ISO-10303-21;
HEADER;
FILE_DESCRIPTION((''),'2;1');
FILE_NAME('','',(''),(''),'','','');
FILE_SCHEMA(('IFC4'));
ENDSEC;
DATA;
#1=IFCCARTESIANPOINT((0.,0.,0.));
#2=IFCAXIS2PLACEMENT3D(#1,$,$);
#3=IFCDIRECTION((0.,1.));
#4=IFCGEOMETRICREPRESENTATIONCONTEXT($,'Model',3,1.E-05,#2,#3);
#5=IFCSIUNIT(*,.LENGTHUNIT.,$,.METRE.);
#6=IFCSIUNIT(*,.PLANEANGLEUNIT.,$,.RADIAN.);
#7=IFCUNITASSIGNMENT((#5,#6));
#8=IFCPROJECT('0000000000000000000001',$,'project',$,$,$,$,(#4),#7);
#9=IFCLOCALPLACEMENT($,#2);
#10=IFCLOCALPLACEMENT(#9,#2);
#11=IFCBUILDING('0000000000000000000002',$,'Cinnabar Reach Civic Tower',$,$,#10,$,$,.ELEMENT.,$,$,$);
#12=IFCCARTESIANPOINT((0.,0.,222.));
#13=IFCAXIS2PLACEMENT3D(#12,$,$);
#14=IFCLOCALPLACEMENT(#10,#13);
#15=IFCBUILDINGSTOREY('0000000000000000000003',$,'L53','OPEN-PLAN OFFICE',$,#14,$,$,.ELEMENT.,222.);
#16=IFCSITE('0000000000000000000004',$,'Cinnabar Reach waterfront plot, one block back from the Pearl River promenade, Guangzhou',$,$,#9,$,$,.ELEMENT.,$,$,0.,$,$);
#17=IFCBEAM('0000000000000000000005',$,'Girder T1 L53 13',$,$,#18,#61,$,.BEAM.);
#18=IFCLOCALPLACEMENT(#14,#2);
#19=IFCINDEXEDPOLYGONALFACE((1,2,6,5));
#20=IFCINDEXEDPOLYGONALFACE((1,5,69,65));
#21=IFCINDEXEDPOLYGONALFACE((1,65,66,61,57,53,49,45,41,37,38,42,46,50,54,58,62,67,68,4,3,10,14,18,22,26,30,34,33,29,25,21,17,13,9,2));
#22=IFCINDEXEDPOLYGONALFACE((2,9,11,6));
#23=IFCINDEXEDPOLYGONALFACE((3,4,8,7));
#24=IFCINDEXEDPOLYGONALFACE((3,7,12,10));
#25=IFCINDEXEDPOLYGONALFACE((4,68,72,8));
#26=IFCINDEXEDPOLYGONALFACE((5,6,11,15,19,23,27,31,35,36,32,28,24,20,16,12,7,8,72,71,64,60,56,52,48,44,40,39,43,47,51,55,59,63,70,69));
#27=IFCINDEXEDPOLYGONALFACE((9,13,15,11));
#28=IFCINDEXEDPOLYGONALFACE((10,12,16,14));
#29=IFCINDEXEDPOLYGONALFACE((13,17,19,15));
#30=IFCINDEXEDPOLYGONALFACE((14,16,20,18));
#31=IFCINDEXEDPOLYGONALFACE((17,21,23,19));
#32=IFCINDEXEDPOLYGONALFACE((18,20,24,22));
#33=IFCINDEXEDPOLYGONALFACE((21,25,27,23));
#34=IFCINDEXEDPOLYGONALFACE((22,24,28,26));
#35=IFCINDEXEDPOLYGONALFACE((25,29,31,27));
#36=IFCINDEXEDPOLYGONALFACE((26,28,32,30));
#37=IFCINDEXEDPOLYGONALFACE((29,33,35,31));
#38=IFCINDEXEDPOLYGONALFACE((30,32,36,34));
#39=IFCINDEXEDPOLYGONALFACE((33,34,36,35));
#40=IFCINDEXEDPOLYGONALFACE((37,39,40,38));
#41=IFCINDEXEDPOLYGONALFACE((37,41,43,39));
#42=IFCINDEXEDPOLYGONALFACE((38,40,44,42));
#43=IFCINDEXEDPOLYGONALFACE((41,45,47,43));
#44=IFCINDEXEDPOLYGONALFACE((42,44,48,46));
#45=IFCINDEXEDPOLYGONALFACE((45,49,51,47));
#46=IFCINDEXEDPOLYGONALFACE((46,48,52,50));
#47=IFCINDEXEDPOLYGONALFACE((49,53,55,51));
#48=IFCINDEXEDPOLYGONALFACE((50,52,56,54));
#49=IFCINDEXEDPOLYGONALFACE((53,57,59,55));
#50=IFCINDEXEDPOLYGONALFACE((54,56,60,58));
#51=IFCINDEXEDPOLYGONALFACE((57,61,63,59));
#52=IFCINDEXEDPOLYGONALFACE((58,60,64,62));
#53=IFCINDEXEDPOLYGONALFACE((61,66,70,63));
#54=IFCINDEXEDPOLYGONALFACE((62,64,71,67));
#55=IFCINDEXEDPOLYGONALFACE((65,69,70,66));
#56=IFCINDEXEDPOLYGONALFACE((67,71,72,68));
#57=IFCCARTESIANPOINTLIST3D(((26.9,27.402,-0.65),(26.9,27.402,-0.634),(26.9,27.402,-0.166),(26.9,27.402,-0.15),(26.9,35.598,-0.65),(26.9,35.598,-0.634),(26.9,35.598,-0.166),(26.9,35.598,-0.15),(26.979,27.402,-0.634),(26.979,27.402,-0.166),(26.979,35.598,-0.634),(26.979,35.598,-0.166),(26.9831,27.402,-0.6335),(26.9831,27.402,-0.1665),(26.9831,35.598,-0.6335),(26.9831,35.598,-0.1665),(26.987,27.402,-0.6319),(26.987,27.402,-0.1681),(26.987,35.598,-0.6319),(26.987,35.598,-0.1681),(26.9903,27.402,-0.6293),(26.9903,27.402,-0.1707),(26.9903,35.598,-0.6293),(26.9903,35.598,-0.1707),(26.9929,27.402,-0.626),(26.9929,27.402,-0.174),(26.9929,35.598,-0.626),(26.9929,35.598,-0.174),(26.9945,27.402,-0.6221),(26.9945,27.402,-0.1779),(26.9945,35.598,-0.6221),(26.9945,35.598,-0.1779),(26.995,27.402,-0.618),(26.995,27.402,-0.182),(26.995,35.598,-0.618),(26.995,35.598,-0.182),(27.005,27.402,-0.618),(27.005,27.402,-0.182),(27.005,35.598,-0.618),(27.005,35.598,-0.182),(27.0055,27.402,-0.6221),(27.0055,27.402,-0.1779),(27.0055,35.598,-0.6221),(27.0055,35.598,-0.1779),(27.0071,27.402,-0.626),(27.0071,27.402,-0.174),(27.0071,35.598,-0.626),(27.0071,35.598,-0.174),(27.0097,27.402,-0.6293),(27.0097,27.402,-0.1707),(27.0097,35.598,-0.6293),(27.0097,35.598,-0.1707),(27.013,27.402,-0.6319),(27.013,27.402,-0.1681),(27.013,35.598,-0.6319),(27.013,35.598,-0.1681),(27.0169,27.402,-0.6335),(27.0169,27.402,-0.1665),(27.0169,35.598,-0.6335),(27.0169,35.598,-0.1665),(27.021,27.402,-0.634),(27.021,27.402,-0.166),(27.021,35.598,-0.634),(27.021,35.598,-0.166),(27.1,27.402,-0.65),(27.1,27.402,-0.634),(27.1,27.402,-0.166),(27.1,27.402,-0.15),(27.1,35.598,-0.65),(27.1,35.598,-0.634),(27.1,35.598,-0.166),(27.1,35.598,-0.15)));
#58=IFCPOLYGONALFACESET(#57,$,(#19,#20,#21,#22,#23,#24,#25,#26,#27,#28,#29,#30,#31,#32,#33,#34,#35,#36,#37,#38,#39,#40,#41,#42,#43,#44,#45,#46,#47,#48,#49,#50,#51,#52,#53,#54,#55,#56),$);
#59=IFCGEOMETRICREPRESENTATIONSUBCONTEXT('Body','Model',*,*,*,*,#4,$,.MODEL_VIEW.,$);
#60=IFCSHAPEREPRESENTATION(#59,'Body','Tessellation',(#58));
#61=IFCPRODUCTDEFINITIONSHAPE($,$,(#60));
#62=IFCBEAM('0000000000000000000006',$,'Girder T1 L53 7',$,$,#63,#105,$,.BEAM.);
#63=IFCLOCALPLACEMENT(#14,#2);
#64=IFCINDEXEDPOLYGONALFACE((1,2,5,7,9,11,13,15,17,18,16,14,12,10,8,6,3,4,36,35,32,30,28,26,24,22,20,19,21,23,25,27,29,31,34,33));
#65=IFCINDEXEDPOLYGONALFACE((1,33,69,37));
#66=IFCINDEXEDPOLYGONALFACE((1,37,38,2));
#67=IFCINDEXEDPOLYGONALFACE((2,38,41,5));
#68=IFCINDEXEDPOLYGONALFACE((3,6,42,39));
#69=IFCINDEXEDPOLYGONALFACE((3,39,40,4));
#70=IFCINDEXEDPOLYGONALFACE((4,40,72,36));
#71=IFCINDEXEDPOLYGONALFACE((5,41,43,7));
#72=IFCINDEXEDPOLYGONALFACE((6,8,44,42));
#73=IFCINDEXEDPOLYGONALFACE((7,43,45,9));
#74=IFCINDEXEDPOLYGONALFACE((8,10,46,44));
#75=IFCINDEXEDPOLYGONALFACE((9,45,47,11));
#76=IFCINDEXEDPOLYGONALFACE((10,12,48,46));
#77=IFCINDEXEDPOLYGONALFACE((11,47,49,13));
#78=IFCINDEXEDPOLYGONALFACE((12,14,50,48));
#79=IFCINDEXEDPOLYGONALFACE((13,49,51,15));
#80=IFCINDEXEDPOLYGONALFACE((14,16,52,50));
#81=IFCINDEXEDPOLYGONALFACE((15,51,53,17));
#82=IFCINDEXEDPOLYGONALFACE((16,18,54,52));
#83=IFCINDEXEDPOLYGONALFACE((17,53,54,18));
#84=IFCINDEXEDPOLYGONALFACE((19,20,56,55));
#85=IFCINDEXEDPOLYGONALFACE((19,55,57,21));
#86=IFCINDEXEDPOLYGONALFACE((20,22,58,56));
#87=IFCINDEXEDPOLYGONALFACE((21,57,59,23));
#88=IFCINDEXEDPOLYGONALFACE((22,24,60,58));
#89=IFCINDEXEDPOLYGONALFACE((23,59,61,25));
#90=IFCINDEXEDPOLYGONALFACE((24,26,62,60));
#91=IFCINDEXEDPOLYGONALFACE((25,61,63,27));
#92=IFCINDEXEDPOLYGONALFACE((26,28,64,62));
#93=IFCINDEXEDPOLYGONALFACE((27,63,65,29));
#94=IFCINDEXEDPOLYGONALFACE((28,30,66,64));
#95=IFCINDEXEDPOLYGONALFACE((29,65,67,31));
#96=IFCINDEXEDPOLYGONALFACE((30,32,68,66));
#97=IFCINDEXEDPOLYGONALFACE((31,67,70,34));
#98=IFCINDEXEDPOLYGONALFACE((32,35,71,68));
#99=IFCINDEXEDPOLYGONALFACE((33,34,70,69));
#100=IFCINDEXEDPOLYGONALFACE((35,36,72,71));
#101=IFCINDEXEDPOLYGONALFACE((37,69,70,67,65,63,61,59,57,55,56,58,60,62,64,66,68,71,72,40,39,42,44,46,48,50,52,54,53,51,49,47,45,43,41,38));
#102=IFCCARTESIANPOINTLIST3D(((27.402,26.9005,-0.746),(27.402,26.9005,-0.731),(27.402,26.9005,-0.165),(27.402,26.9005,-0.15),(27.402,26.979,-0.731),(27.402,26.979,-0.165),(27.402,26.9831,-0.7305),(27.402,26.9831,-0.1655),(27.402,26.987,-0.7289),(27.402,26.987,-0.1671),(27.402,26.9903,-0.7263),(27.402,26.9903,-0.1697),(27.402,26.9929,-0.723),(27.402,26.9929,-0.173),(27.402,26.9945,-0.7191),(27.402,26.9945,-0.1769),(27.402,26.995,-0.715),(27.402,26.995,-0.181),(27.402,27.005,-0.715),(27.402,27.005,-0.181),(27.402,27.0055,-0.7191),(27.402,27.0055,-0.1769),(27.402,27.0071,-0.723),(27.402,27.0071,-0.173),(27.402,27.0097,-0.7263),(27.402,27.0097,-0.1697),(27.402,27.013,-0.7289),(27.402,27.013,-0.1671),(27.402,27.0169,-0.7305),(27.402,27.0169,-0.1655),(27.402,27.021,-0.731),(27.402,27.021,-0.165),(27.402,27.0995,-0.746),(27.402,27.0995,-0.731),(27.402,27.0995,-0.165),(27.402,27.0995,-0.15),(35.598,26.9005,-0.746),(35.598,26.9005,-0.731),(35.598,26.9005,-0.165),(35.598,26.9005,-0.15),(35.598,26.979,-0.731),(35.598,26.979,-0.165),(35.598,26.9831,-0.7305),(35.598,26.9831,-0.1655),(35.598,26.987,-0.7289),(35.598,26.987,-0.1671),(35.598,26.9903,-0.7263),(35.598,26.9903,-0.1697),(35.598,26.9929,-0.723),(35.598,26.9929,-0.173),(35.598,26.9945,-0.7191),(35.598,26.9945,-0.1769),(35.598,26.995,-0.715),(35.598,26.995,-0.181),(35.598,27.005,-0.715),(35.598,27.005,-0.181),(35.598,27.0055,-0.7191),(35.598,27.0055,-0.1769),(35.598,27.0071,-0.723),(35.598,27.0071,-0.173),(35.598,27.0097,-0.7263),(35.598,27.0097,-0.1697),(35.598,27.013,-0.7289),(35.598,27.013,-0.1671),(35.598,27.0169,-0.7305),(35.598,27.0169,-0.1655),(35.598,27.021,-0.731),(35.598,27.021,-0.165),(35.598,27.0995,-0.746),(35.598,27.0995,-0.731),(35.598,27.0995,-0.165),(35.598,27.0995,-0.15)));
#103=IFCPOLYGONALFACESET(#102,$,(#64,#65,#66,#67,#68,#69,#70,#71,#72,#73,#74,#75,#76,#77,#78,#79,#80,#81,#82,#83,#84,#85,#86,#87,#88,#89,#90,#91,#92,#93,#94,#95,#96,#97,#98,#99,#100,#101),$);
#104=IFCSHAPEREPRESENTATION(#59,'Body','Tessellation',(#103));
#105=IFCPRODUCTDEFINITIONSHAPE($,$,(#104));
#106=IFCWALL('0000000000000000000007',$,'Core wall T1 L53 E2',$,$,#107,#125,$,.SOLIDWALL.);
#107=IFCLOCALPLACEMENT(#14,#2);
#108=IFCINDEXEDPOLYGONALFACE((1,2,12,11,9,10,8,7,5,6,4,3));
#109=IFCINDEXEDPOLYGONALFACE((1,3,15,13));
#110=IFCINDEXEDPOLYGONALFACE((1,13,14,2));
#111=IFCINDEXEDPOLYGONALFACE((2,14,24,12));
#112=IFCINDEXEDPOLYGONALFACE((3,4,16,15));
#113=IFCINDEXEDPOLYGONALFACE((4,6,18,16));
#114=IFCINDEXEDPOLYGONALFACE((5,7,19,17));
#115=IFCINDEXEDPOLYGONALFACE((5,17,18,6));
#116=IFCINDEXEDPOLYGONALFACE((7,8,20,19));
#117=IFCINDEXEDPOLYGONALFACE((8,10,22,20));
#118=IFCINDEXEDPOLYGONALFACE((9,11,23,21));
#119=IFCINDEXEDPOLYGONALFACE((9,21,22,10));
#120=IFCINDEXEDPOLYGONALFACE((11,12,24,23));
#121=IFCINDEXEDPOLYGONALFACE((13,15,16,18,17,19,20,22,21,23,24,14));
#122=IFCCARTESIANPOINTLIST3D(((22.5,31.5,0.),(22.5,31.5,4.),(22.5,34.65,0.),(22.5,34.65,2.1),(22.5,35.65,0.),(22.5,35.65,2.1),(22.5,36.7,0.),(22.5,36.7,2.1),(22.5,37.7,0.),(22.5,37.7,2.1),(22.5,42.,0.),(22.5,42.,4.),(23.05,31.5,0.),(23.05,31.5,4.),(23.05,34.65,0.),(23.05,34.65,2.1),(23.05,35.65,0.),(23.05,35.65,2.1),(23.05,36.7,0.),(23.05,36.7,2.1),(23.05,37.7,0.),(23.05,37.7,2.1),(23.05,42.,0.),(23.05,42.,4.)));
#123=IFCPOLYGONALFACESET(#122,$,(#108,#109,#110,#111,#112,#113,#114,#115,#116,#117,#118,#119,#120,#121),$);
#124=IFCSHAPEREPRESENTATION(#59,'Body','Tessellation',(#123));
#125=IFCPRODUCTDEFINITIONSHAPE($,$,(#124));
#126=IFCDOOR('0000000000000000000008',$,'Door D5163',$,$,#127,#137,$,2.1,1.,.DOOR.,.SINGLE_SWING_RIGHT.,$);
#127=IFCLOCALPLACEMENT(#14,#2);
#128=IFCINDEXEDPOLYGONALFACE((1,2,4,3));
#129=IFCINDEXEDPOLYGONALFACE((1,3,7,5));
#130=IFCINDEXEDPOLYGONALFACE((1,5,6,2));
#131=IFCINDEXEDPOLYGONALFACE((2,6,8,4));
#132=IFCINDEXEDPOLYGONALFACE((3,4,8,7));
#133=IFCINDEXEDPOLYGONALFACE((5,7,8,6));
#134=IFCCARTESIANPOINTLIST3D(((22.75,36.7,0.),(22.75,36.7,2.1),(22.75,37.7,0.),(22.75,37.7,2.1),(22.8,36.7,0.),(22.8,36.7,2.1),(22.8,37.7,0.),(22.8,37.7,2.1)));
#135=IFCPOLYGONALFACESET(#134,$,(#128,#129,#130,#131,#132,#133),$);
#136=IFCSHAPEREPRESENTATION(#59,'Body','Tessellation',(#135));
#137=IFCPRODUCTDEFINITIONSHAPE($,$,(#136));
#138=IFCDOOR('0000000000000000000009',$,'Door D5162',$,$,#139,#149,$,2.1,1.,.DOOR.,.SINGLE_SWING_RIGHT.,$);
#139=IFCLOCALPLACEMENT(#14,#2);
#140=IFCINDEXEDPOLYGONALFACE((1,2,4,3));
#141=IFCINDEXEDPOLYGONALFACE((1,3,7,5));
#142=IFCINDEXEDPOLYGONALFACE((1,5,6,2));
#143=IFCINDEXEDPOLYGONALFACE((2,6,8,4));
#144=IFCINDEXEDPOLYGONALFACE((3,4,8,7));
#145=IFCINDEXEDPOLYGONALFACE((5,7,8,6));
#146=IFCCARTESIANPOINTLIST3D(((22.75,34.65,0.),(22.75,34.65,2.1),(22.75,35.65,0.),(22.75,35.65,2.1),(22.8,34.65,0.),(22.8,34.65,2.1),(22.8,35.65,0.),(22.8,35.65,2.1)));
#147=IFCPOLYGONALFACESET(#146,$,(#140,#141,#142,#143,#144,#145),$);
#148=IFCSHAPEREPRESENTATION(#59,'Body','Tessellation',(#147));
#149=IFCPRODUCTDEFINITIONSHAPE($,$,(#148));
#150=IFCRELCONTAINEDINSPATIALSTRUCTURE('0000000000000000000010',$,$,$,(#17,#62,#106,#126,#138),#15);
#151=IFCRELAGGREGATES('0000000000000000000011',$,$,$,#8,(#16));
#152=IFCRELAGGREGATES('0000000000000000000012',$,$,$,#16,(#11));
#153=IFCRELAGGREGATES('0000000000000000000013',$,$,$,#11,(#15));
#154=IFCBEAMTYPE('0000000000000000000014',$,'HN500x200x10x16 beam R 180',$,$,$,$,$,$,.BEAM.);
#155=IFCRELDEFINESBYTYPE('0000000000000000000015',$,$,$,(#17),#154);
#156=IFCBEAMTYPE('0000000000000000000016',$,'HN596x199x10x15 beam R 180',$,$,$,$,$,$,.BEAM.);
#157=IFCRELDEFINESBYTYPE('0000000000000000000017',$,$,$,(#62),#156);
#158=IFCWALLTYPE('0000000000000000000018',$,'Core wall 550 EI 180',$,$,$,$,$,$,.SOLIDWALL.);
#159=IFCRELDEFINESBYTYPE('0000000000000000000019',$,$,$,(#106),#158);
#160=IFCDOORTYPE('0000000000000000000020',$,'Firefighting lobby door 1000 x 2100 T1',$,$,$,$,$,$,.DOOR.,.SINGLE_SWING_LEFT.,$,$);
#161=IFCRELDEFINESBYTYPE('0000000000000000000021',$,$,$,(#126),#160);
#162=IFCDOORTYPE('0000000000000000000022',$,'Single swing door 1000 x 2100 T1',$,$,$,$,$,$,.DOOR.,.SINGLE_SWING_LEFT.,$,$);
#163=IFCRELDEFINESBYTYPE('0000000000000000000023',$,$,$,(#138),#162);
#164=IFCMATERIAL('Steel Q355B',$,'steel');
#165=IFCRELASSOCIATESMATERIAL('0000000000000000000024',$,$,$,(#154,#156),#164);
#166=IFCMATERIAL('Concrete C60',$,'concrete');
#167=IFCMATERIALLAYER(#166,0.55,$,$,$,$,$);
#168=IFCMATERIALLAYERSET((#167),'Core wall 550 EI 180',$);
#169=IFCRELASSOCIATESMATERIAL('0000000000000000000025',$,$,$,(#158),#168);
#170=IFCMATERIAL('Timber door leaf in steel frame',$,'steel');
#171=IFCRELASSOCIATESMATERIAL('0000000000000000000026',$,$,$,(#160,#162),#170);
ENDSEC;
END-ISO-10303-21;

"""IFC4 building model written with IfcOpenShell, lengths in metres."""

from ifc_helpers import new_model, si_unit, direction, frame, frame_2d, origin, origin_2d, place, context, subcontext, project, spatial, rectangle, i_section, extrude, material, layer, layer_set, material_profile, profile_set, type_object, element, fill, save


model = new_model("IFC4")

# Units and contexts
model_context = context("Model", 3, precision=1e-05, world=origin(), true_north=direction((0.0, 1.0)))
body_context = subcontext(model_context, "Body", "Model", "MODEL_VIEW")
ifc_project = project(units=[si_unit("LENGTHUNIT", "METRE"), si_unit("PLANEANGLEUNIT", "RADIAN")], contexts=[model_context])

# Site, building, storey
site_placement = place(None, origin())
site = spatial("IfcSite", under=ifc_project, at=site_placement, Name="Cinnabar Reach waterfront plot, one block back from the Pearl River promenade, Guangzhou", CompositionType="ELEMENT", RefElevation=0.0)
building_placement = place(site_placement, origin())
building = spatial("IfcBuilding", under=site, at=building_placement, Name="Cinnabar Reach Civic Tower", CompositionType="ELEMENT")
storey_placement = place(building_placement, frame((0.0, 0.0, 222.0)))
storey = spatial("IfcBuildingStorey", under=building, at=storey_placement, Name="L53", Description="OPEN-PLAN OFFICE", CompositionType="ELEMENT", Elevation=222.0)

# Shared definitions
ifc_material_1 = material(Name="Concrete C60", Category="concrete")

# Beams
ifc_material_2 = material(Name="Steel Q355B", Category="steel")
ifc_material_profile_1 = material_profile(ifc_material_2, i_section(OverallWidth=0.2, OverallDepth=0.5, WebThickness=0.01, FlangeThickness=0.016, FilletRadius=0.016, at=origin_2d()), Name="HN500x200x10x16")
ifc_profile_set_1 = profile_set([ifc_material_profile_1], Name="Steel Q355B")
beam_type_1 = type_object("IfcBeamType", Name="HN500x200x10x16 beam R 180", PredefinedType="BEAM", material=ifc_profile_set_1)
beam_1_placement = place(storey_placement, frame((27.0, 27.402, -0.4), z_axis=(0.0, 1.0, 0.0), x_axis=(-1.0, 0.0, 0.0)))
element("IfcBeam", 1, at=beam_1_placement, inside=storey, type_object=beam_type_1, Name="Girder T1 L53 13", PredefinedType="BEAM", context=body_context, shape_type="SweptSolid", body=[
    extrude(i_section(OverallWidth=0.2, OverallDepth=0.5, WebThickness=0.01, FlangeThickness=0.016, FilletRadius=0.016, at=origin_2d()), origin(), (0.0, 0.0, 1.0), 8.196),
])
ifc_material_profile_2 = material_profile(ifc_material_2, i_section(OverallWidth=0.199, OverallDepth=0.596, WebThickness=0.01, FlangeThickness=0.015, FilletRadius=0.016, at=origin_2d()), Name="HN596x199x10x15")
ifc_profile_set_2 = profile_set([ifc_material_profile_2], Name="Steel Q355B")
beam_type_2 = type_object("IfcBeamType", Name="HN596x199x10x15 beam R 180", PredefinedType="BEAM", material=ifc_profile_set_2)
beam_2_placement = place(storey_placement, frame((27.402, 27.0, -0.448), z_axis=(1.0, 0.0, 0.0), x_axis=(0.0, 1.0, 0.0)))
element("IfcBeam", 2, at=beam_2_placement, inside=storey, type_object=beam_type_2, Name="Girder T1 L53 7", PredefinedType="BEAM", context=body_context, shape_type="SweptSolid", body=[
    extrude(i_section(OverallWidth=0.199, OverallDepth=0.596, WebThickness=0.01, FlangeThickness=0.015, FilletRadius=0.016, at=origin_2d()), origin(), (0.0, 0.0, 1.0), 8.196),
])

# Wall, openings, doors
ifc_layer_1 = layer(ifc_material_1, 0.55)
ifc_layer_set_1 = layer_set([ifc_layer_1], Name="Core wall 550 EI 180")
wall_type_1 = type_object("IfcWallType", Name="Core wall 550 EI 180", PredefinedType="SOLIDWALL", material=ifc_layer_set_1)
wall_1_placement = place(storey_placement, frame((22.775, 31.5, 0.0), z_axis=(0.0, 0.0, 1.0), x_axis=(0.0, 1.0, 0.0)))
wall_1 = element("IfcWall", 3, at=wall_1_placement, inside=storey, type_object=wall_type_1, Name="Core wall T1 L53 E2", PredefinedType="SOLIDWALL", context=body_context, shape_type="SweptSolid", body=[
    extrude(rectangle(XDim=10.5, YDim=0.55, at=frame_2d((5.25, 0.0))), origin(), (0.0, 0.0, 1.0), 4.0),
])
opening_1_placement = place(wall_1_placement, frame((3.15, 0.0, 0.0)))
opening_1 = element("IfcOpeningElement", 4, at=opening_1_placement, cuts=wall_1, PredefinedType="OPENING", context=body_context, shape_type="SweptSolid", body=[
    extrude(rectangle(XDim=1.0, YDim=2.1, at=frame_2d((0.5, 1.05))), frame((0.0, 0.285, 0.0), z_axis=(0.0, -1.0, 0.0), x_axis=(1.0, 0.0, 0.0)), (0.0, 0.0, 1.0), 0.57),
])
opening_2_placement = place(wall_1_placement, frame((5.2, 0.0, 0.0)))
opening_2 = element("IfcOpeningElement", 5, at=opening_2_placement, cuts=wall_1, PredefinedType="OPENING", context=body_context, shape_type="SweptSolid", body=[
    extrude(rectangle(XDim=1.0, YDim=2.1, at=frame_2d((0.5, 1.05))), frame((0.0, 0.285, 0.0), z_axis=(0.0, -1.0, 0.0), x_axis=(1.0, 0.0, 0.0)), (0.0, 0.0, 1.0), 0.57),
])
ifc_material_3 = material(Name="Timber door leaf in steel frame", Category="steel")
door_type_1 = type_object("IfcDoorType", Name="Firefighting lobby door 1000 x 2100 T1", OperationType="SINGLE_SWING_LEFT", PredefinedType="DOOR", material=ifc_material_3)
door_1_placement = place(opening_2_placement, origin())
door_1 = element("IfcDoor", 6, at=door_1_placement, inside=storey, type_object=door_type_1, Name="Door D5163", OperationType="SINGLE_SWING_RIGHT", OverallHeight=2.1, OverallWidth=1.0, PredefinedType="DOOR", context=body_context, shape_type="SweptSolid", body=[
    extrude(rectangle(XDim=1.0, YDim=2.1, at=frame_2d((0.5, 1.05))), frame((0.0, 0.025, 0.0), z_axis=(0.0, -1.0, 0.0), x_axis=(1.0, 0.0, 0.0)), (0.0, 0.0, 1.0), 0.05),
])
fill(opening_2, door_1)
door_type_2 = type_object("IfcDoorType", Name="Single swing door 1000 x 2100 T1", OperationType="SINGLE_SWING_LEFT", PredefinedType="DOOR", material=ifc_material_3)
door_2_placement = place(opening_1_placement, origin())
door_2 = element("IfcDoor", 7, at=door_2_placement, inside=storey, type_object=door_type_2, Name="Door D5162", OperationType="SINGLE_SWING_RIGHT", OverallHeight=2.1, OverallWidth=1.0, PredefinedType="DOOR", context=body_context, shape_type="SweptSolid", body=[
    extrude(rectangle(XDim=1.0, YDim=2.1, at=frame_2d((0.5, 1.05))), frame((0.0, 0.025, 0.0), z_axis=(0.0, -1.0, 0.0), x_axis=(1.0, 0.0, 0.0)), (0.0, 0.0, 1.0), 0.05),
])
fill(opening_1, door_2)

save(model, "model.ifc")
